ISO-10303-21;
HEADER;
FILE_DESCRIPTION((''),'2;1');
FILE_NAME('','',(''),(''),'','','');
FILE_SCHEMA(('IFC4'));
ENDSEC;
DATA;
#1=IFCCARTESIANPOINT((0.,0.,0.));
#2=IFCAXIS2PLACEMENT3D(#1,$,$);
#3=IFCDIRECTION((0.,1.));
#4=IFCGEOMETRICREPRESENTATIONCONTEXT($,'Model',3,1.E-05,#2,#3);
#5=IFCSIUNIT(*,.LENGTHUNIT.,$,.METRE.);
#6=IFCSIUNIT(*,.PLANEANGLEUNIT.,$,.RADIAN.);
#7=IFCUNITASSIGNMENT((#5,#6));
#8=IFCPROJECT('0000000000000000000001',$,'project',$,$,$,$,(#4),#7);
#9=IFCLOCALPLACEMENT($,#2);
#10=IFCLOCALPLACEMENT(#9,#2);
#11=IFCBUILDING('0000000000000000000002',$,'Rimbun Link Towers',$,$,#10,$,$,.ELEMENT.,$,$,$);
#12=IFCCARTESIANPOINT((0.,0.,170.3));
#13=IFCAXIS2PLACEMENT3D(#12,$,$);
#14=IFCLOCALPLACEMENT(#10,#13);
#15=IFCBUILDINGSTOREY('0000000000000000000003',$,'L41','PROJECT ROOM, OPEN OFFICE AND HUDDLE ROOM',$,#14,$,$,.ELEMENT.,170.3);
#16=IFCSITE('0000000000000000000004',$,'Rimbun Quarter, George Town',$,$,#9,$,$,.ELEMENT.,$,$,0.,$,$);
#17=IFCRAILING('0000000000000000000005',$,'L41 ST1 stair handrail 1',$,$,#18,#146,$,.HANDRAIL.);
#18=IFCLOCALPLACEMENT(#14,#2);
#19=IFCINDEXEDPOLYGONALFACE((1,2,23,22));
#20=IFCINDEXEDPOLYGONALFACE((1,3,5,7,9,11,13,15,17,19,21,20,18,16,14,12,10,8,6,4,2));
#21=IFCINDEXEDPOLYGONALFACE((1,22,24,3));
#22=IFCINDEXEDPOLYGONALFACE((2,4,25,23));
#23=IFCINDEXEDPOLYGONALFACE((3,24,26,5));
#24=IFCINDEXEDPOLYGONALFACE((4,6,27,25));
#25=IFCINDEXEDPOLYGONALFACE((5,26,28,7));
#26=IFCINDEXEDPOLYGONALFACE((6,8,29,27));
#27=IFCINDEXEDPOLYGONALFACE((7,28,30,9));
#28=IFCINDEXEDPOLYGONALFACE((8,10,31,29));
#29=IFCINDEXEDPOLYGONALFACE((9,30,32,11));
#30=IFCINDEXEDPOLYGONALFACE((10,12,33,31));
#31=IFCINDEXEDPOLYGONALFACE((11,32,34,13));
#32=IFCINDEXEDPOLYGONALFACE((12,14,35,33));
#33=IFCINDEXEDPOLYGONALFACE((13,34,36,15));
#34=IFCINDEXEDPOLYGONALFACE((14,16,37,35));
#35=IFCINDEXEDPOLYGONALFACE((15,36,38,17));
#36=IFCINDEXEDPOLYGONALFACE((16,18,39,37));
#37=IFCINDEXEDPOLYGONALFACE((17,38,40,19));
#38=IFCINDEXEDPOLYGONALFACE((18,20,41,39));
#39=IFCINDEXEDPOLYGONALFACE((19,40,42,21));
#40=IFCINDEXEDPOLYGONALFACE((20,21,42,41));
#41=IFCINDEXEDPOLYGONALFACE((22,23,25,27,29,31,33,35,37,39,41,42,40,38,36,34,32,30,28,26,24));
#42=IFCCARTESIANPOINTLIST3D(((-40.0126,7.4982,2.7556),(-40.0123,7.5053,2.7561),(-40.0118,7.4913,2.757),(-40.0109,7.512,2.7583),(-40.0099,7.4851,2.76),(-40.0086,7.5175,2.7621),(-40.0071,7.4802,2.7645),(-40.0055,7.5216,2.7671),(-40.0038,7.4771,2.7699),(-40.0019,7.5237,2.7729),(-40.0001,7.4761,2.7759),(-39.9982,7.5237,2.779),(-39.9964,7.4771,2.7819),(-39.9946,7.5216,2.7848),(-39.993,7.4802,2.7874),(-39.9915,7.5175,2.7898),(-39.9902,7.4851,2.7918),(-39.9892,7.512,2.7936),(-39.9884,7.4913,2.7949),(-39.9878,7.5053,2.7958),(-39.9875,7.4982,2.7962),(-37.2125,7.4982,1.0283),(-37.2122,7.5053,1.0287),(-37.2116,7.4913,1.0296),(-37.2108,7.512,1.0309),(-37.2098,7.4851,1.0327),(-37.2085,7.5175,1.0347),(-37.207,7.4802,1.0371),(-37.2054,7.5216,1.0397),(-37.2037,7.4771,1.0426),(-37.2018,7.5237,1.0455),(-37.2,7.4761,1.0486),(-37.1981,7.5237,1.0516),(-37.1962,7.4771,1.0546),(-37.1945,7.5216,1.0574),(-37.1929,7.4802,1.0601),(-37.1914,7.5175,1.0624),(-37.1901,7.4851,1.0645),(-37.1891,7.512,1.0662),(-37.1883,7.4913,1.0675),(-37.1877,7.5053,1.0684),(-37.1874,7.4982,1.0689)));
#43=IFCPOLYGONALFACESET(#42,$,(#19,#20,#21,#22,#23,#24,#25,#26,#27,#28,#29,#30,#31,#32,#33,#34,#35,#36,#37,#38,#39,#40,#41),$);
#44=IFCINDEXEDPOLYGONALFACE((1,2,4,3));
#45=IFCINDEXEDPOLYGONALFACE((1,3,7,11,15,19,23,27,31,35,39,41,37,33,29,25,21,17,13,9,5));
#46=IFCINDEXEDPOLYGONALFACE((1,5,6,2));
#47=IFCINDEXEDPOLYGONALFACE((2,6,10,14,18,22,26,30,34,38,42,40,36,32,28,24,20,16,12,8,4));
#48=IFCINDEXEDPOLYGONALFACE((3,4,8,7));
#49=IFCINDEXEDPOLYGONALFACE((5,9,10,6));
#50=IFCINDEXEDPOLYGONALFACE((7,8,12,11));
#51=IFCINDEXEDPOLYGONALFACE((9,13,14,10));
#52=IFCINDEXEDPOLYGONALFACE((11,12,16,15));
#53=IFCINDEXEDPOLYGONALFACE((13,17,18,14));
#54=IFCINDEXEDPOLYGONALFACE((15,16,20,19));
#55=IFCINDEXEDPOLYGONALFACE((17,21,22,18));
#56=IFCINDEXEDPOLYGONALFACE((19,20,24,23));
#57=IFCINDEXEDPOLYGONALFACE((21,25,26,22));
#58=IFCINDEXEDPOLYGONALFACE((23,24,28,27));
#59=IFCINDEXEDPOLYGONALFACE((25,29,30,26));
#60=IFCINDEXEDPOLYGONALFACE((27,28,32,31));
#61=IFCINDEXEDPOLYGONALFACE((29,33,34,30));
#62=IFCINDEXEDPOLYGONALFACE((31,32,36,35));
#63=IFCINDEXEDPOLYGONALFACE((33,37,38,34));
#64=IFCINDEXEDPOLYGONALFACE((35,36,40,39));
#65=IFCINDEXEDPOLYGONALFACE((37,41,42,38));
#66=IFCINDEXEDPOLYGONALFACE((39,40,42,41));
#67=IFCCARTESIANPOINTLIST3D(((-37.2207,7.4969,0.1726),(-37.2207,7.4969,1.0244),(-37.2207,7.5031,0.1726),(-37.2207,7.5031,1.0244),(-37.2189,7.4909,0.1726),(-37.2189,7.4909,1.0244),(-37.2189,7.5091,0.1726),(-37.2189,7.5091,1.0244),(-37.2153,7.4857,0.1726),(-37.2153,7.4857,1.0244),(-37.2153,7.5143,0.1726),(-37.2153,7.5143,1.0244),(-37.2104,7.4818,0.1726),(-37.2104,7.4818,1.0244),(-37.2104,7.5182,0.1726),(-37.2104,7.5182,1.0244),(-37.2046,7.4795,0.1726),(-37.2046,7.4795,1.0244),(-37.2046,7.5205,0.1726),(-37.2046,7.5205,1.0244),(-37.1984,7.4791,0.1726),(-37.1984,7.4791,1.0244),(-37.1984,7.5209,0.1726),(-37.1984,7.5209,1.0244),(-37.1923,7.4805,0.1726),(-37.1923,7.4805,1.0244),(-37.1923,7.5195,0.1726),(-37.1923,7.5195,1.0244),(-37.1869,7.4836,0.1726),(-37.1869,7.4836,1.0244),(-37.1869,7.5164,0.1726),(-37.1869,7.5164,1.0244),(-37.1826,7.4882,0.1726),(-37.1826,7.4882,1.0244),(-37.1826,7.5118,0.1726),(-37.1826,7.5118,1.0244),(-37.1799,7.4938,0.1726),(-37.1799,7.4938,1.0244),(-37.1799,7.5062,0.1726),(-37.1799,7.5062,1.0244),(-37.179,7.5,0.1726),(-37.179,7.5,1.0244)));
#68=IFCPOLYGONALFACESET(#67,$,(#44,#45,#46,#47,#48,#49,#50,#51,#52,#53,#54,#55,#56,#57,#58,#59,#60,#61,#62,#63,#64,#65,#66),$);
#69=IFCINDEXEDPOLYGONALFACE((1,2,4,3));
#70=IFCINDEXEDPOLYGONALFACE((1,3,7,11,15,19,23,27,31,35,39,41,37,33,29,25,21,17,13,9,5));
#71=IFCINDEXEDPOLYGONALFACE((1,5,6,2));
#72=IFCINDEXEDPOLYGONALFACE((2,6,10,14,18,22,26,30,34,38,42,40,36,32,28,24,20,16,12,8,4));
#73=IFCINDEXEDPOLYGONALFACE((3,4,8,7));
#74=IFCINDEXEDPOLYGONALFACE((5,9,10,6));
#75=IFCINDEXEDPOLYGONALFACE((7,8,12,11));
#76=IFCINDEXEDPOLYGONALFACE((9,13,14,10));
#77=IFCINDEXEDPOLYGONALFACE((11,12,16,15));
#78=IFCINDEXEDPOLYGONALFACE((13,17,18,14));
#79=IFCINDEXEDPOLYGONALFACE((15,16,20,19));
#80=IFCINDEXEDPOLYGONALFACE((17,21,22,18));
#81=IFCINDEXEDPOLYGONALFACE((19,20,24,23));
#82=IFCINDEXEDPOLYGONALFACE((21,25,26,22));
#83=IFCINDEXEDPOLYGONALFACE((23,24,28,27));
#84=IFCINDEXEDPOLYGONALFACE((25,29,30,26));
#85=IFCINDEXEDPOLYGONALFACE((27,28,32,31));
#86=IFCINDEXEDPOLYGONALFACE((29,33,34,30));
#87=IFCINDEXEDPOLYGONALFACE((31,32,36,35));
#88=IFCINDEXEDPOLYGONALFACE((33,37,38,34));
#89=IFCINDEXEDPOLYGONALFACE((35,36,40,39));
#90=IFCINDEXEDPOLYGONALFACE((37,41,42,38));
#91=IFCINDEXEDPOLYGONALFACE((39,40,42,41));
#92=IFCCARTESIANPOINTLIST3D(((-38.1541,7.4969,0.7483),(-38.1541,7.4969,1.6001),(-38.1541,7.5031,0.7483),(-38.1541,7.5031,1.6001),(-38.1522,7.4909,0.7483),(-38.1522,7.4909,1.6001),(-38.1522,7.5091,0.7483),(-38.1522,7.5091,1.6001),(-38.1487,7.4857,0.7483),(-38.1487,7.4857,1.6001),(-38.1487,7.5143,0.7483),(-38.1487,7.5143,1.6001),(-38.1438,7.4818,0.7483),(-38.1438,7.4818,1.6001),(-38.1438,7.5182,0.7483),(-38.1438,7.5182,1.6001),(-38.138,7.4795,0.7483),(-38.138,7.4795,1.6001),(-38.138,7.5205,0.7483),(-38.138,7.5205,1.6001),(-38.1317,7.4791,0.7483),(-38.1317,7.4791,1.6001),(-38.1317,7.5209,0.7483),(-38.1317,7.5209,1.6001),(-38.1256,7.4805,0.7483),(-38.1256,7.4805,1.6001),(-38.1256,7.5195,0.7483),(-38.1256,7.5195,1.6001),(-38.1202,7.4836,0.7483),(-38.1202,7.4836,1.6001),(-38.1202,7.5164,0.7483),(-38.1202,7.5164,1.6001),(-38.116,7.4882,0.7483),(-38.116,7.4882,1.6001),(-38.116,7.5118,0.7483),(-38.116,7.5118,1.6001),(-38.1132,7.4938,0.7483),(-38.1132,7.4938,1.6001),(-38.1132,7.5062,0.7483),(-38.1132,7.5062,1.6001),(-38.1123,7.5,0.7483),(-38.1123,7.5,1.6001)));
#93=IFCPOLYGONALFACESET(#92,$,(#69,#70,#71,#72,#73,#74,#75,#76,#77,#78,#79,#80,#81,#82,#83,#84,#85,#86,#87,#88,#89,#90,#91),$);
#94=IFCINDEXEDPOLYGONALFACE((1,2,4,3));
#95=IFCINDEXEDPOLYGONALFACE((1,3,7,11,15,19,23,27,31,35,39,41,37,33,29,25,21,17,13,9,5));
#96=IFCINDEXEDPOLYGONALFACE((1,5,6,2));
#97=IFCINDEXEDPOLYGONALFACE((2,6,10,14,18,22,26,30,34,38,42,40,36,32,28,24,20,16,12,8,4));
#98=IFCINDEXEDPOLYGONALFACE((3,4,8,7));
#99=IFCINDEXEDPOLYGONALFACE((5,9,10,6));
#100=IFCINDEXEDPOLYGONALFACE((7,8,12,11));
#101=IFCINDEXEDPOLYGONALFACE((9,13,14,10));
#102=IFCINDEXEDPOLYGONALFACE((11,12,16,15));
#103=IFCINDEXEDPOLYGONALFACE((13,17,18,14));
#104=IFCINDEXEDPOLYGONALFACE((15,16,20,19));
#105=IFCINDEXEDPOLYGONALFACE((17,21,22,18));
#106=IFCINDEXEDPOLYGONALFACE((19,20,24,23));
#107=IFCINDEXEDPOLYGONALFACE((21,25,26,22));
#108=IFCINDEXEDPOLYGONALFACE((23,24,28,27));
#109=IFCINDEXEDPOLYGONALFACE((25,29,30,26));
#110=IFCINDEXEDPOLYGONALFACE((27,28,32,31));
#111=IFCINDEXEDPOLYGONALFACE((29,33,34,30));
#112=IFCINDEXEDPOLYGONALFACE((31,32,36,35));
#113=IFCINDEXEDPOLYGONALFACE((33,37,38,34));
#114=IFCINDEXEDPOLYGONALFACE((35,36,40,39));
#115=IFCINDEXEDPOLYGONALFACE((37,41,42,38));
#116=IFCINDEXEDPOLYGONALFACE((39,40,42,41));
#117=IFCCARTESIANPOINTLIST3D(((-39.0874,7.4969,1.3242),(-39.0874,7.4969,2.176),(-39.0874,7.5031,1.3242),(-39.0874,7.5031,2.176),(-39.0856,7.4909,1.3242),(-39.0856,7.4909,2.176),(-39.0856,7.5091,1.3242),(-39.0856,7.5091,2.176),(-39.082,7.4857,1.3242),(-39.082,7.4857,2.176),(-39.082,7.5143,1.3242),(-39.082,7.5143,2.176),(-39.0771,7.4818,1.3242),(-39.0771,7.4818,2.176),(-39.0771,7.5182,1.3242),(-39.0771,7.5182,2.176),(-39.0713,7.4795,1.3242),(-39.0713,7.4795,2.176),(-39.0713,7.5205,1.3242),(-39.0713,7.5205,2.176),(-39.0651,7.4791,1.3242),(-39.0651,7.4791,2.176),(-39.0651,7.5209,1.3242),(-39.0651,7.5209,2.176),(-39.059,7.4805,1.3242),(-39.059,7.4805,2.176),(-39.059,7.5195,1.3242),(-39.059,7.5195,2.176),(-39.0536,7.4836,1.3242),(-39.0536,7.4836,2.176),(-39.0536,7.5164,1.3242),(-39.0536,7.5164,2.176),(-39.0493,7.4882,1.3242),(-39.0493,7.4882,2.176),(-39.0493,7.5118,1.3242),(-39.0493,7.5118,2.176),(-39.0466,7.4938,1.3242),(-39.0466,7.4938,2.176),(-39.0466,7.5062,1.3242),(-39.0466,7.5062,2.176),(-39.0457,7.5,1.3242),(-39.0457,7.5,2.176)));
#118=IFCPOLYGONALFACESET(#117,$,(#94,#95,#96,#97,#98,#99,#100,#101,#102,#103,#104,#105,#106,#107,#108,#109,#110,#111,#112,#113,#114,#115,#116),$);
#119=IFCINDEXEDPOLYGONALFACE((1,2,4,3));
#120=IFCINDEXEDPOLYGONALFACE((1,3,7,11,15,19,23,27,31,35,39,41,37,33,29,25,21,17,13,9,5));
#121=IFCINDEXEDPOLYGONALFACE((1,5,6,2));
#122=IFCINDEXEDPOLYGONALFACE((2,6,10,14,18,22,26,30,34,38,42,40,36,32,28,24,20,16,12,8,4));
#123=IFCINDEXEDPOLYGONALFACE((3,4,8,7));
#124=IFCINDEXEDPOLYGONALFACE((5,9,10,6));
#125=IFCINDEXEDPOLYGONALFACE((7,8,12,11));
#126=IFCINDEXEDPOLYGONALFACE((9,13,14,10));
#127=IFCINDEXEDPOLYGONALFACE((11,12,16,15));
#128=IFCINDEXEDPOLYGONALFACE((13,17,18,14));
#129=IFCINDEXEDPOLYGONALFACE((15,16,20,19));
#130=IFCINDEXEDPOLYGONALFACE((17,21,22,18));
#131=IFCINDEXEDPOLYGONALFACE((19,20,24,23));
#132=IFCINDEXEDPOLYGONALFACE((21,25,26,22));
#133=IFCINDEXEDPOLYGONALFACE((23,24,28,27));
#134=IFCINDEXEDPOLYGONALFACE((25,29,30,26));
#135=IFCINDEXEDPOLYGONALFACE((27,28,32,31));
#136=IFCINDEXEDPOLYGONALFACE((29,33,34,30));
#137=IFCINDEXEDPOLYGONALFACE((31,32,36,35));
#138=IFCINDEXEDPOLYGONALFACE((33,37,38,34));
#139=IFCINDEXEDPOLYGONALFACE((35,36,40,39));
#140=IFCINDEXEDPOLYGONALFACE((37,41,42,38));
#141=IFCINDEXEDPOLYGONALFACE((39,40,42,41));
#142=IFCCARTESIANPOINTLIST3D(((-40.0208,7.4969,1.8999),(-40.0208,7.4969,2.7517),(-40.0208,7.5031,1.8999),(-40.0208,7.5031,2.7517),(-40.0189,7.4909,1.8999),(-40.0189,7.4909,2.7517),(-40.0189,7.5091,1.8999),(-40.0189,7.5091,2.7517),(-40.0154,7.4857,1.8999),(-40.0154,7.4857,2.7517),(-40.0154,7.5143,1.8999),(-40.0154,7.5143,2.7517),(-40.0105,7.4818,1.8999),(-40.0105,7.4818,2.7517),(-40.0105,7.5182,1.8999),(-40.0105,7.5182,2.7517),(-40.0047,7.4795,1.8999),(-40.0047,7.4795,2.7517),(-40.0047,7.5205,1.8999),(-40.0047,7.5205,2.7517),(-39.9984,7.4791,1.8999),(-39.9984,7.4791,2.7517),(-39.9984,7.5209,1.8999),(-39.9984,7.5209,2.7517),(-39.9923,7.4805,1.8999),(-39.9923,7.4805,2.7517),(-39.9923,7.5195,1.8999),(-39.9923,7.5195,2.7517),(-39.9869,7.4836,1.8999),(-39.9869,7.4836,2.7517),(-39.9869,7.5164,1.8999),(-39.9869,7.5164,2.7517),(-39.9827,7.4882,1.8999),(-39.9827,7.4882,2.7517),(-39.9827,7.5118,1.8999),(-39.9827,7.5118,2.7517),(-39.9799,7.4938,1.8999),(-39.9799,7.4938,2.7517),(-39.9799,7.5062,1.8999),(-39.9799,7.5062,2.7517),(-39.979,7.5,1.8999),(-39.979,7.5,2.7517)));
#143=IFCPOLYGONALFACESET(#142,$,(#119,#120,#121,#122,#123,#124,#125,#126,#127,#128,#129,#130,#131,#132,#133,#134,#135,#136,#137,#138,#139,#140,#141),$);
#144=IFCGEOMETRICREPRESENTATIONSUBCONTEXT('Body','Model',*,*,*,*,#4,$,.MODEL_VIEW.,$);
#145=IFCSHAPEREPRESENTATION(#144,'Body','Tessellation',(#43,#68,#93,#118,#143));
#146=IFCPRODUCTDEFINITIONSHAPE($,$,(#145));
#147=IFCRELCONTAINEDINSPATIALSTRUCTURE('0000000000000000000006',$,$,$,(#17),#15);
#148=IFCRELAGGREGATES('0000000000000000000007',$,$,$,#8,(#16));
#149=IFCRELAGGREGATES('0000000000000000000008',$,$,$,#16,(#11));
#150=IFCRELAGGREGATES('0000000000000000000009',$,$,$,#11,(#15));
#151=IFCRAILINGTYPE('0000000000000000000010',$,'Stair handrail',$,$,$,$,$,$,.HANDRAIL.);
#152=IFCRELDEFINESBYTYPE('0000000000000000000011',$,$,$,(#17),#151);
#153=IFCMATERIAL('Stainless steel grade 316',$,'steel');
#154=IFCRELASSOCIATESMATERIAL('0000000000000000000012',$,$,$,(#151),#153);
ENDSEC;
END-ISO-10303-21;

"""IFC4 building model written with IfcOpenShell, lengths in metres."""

from ifc_helpers import new_model, si_unit, direction, frame, origin, origin_2d, place, context, subcontext, project, spatial, circle, extrude, material, type_object, element, save


model = new_model("IFC4")

# Units and contexts
model_context = context("Model", 3, precision=1e-05, world=origin(), true_north=direction((0.0, 1.0)))
body_context = subcontext(model_context, "Body", "Model", "MODEL_VIEW")
ifc_project = project(units=[si_unit("LENGTHUNIT", "METRE"), si_unit("PLANEANGLEUNIT", "RADIAN")], contexts=[model_context])

# Site, building, storey
site_placement = place(None, origin())
site = spatial("IfcSite", under=ifc_project, at=site_placement, Name="Rimbun Quarter, George Town", CompositionType="ELEMENT", RefElevation=0.0)
building_placement = place(site_placement, origin())
building = spatial("IfcBuilding", under=site, at=building_placement, Name="Rimbun Link Towers", CompositionType="ELEMENT")
storey_placement = place(building_placement, frame((0.0, 0.0, 170.3)))
storey = spatial("IfcBuildingStorey", under=building, at=storey_placement, Name="L41", Description="PROJECT ROOM, OPEN OFFICE AND HUDDLE ROOM", CompositionType="ELEMENT", Elevation=170.3)

# Railing
ifc_material_1 = material(Name="Stainless steel grade 316", Category="steel")
railing_type_1 = type_object("IfcRailingType", Name="Stair handrail", PredefinedType="HANDRAIL", material=ifc_material_1)
railing_1_placement = place(storey_placement, frame((-37.2, 7.5, 0.1726)))
element("IfcRailing", 1, at=railing_1_placement, inside=storey, type_object=railing_type_1, Name="L41 ST1 stair handrail 1", PredefinedType="HANDRAIL", context=body_context, shape_type="SweptSolid", body=[
    extrude(circle(Radius=0.0239, at=origin_2d()), frame((0.0, 0.0, 0.876), z_axis=(-0.85109, 0.0, 0.52502), x_axis=(0.0, -1.0, 0.0)), (0.0, 0.0, 1.0), 3.29),
    extrude(circle(Radius=0.021, at=origin_2d()), origin(), (0.0, 0.0, 1.0), 0.8518),
    extrude(circle(Radius=0.021, at=origin_2d()), frame((-0.9333, 0.0, 0.5757)), (0.0, 0.0, 1.0), 0.8518),
    extrude(circle(Radius=0.021, at=origin_2d()), frame((-1.8667, 0.0, 1.1516)), (0.0, 0.0, 1.0), 0.8518),
    extrude(circle(Radius=0.021, at=origin_2d()), frame((-2.8, 0.0, 1.7273)), (0.0, 0.0, 1.0), 0.8518),
])

save(model, "model.ifc")
